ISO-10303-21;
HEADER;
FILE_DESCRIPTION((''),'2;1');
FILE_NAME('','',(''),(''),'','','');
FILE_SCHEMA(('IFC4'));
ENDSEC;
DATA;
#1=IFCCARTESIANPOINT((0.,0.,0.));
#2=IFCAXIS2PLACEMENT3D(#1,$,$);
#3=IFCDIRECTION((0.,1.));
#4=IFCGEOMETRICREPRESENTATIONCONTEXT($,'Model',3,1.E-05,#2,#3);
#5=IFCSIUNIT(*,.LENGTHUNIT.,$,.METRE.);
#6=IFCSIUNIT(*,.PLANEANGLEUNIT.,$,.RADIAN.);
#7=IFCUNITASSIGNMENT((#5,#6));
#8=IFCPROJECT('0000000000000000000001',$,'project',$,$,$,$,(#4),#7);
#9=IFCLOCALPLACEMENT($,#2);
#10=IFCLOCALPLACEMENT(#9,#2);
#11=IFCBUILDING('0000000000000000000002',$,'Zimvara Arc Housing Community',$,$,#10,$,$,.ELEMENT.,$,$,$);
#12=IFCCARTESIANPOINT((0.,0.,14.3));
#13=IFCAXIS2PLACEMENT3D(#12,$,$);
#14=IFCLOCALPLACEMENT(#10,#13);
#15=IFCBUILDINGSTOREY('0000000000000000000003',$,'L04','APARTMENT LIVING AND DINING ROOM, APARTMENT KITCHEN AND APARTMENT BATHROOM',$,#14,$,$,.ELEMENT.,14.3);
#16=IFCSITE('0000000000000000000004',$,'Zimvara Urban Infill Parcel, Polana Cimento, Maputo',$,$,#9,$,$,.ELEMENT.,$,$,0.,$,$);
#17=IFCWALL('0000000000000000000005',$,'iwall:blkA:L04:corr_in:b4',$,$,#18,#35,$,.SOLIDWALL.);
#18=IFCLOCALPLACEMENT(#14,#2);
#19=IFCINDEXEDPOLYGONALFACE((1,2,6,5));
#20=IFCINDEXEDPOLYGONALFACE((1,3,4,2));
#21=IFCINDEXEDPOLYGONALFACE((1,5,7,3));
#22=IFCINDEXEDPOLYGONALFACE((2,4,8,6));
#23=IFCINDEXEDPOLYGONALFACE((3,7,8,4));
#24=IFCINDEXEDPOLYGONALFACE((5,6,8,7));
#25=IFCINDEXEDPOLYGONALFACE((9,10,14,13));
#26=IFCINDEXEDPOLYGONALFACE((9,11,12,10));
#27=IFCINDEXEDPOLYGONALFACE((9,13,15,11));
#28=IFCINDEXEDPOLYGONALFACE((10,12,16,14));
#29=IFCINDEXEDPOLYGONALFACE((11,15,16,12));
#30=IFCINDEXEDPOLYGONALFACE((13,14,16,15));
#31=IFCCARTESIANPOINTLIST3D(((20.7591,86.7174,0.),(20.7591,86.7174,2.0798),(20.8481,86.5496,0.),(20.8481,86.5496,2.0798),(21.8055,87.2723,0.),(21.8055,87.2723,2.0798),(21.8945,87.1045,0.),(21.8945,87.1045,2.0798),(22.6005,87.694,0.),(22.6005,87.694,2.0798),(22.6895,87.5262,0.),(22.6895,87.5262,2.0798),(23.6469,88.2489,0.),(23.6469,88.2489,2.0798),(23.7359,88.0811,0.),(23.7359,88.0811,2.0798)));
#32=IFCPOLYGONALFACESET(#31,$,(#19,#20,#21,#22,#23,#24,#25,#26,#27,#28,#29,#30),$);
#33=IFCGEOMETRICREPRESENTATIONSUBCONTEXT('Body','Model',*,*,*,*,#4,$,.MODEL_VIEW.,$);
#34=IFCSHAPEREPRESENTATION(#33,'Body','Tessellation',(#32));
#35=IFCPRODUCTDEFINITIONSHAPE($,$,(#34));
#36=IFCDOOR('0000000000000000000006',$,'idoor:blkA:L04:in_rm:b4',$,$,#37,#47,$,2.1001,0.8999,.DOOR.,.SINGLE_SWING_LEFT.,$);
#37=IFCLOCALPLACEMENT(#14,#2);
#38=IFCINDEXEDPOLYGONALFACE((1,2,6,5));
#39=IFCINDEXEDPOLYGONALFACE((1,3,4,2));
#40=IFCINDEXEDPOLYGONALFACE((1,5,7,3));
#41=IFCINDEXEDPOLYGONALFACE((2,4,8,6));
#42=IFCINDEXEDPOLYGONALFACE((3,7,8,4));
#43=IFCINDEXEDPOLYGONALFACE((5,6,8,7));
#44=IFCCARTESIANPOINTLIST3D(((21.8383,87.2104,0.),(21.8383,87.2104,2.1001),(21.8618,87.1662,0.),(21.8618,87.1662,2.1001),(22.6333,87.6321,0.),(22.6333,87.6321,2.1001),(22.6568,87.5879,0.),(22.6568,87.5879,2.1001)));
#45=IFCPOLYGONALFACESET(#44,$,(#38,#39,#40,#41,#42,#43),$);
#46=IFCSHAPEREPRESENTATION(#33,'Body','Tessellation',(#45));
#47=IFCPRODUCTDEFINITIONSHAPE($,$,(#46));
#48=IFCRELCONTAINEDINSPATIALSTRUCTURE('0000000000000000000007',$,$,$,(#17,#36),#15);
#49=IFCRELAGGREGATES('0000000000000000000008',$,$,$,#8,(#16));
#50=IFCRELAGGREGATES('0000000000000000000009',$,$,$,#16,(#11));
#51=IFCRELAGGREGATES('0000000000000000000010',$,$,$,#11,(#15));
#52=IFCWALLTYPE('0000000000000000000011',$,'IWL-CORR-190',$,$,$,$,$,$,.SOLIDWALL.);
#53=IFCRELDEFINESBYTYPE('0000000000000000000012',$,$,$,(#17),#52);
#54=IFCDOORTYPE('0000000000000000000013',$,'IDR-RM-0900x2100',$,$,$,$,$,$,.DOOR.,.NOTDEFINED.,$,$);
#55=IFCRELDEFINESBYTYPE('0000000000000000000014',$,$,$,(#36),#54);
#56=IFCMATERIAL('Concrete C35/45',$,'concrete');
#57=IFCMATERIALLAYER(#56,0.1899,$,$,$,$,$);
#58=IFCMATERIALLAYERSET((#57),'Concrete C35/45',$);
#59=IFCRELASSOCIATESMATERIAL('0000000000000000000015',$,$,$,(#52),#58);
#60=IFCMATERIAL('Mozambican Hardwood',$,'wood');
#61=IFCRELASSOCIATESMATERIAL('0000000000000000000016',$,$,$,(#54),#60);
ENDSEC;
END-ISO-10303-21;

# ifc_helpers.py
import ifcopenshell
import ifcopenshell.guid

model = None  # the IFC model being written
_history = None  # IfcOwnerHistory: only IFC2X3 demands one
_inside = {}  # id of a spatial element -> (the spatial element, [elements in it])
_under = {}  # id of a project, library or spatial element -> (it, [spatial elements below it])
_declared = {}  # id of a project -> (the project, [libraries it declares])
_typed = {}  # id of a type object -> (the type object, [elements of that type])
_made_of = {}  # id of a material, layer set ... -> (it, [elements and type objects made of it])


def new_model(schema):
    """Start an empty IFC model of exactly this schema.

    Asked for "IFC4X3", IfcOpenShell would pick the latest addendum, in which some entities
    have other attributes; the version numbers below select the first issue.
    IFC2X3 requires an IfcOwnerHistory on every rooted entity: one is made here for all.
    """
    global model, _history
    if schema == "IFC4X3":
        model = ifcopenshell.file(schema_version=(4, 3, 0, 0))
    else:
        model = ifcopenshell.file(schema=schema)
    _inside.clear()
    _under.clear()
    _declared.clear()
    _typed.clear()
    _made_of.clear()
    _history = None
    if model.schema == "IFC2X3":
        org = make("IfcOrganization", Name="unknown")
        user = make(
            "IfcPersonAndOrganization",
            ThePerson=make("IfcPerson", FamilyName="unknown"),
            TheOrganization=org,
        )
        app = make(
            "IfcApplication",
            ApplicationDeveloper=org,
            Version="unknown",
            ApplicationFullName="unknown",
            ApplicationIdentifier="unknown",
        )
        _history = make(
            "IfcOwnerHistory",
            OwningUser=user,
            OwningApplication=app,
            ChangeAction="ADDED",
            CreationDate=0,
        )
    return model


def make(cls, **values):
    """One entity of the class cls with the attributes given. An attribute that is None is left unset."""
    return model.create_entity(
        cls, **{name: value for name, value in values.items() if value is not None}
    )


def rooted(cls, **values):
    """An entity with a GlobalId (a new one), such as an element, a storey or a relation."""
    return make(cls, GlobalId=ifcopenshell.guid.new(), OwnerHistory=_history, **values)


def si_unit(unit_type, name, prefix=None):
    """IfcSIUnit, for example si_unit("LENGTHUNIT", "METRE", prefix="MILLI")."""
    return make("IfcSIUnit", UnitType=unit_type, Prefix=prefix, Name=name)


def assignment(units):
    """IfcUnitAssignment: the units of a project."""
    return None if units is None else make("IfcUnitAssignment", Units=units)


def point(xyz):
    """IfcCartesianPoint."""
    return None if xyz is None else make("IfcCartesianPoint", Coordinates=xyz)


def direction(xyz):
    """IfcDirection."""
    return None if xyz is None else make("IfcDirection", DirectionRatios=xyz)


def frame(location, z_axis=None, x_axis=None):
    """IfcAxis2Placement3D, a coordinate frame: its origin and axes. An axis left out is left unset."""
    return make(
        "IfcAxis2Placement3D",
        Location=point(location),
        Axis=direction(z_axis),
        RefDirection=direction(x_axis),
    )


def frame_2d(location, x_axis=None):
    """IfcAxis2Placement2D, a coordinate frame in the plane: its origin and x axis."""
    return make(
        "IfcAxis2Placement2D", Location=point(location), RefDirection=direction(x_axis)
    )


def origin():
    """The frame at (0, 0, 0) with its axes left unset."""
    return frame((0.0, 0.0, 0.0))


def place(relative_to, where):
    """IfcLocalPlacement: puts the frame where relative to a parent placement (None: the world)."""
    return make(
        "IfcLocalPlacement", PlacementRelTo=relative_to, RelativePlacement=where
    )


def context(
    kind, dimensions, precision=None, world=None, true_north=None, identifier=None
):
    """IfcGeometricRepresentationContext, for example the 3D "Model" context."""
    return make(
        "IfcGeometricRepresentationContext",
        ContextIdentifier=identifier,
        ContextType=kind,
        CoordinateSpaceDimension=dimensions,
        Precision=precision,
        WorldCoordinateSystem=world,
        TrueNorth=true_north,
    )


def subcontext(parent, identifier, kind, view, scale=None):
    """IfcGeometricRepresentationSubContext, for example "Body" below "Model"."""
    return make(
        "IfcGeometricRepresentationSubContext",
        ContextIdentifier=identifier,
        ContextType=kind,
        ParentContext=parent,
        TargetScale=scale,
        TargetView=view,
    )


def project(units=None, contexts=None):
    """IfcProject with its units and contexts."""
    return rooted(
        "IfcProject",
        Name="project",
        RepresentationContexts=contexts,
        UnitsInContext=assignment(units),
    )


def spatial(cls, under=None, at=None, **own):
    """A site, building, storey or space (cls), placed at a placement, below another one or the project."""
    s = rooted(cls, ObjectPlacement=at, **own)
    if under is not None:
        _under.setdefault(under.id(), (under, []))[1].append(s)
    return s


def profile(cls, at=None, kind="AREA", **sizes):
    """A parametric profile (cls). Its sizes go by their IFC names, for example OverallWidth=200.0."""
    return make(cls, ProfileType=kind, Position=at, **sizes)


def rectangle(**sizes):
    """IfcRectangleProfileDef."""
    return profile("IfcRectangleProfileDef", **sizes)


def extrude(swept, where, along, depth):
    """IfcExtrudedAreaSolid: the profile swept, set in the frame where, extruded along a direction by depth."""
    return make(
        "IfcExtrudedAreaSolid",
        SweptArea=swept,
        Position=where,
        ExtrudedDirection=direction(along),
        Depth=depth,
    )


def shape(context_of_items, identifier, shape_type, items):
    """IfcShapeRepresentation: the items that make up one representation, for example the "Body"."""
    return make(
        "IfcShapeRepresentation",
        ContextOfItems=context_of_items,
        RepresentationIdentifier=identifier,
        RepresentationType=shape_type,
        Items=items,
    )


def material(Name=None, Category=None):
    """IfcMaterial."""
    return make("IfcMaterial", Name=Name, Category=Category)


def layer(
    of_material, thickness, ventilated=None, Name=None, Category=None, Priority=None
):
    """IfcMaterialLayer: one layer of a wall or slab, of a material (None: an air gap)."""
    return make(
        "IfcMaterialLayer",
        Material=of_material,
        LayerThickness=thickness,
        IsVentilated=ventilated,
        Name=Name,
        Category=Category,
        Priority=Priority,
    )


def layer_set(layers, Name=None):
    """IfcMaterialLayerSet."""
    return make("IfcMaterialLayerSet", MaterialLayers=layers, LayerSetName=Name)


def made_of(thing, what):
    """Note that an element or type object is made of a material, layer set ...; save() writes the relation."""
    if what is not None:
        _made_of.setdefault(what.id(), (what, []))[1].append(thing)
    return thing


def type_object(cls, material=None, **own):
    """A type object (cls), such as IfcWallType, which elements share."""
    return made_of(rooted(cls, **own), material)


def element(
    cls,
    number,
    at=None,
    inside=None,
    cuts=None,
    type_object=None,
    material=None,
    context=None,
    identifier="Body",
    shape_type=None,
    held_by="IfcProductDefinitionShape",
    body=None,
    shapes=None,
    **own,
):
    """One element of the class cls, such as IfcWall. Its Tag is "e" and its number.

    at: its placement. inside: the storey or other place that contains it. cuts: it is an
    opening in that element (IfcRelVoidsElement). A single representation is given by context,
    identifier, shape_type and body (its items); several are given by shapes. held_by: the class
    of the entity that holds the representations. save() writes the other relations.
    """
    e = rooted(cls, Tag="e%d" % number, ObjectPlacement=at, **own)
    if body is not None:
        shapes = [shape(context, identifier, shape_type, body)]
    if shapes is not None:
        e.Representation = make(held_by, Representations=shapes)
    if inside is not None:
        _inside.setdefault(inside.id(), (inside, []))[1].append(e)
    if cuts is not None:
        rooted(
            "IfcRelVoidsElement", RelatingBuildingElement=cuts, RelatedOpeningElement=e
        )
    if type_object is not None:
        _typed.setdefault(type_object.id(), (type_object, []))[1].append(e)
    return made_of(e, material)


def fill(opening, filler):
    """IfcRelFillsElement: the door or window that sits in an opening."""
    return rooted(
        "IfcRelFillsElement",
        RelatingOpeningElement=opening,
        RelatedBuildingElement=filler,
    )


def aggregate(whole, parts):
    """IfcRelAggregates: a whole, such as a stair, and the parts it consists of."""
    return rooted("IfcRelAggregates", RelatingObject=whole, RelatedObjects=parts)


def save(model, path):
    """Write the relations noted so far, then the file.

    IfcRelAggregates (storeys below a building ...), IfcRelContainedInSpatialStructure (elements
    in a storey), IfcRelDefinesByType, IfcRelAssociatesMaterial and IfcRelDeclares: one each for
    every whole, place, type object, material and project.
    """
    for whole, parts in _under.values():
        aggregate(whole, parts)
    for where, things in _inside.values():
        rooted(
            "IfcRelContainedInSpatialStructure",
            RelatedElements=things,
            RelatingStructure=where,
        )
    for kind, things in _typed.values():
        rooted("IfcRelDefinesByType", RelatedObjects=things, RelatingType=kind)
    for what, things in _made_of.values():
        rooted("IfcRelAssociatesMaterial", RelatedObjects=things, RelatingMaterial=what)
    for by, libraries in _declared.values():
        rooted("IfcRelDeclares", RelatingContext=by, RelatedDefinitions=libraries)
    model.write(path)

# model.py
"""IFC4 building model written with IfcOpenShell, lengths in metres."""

from ifc_helpers import new_model, si_unit, direction, frame, frame_2d, origin, place, context, subcontext, project, spatial, rectangle, extrude, material, layer, layer_set, type_object, element, fill, save


model = new_model("IFC4")

# Units and contexts
model_context = context("Model", 3, precision=1e-05, world=origin(), true_north=direction((0.0, 1.0)))
body_context = subcontext(model_context, "Body", "Model", "MODEL_VIEW")
ifc_project = project(units=[si_unit("LENGTHUNIT", "METRE"), si_unit("PLANEANGLEUNIT", "RADIAN")], contexts=[model_context])

# Site, building, storey
site_placement = place(None, origin())
site = spatial("IfcSite", under=ifc_project, at=site_placement, Name="Zimvara Urban Infill Parcel, Polana Cimento, Maputo", CompositionType="ELEMENT", RefElevation=0.0)
building_placement = place(site_placement, origin())
building = spatial("IfcBuilding", under=site, at=building_placement, Name="Zimvara Arc Housing Community", CompositionType="ELEMENT")
storey_placement = place(building_placement, frame((0.0, 0.0, 14.3)))
storey = spatial("IfcBuildingStorey", under=building, at=storey_placement, Name="L04", Description="APARTMENT LIVING AND DINING ROOM, APARTMENT KITCHEN AND APARTMENT BATHROOM", CompositionType="ELEMENT", Elevation=14.3)

# Wall, opening, door
ifc_material_1 = material(Name="Concrete C35/45", Category="concrete")
ifc_layer_1 = layer(ifc_material_1, 0.1899)
ifc_layer_set_1 = layer_set([ifc_layer_1], Name="Concrete C35/45")
wall_type_1 = type_object("IfcWallType", Name="IWL-CORR-190", PredefinedType="SOLIDWALL", material=ifc_layer_set_1)
wall_1_placement = place(storey_placement, frame((20.8037, 86.6335, 0.0), z_axis=(0.0, 0.0, 1.0), x_axis=(0.883444, 0.468536, 0.0)))
wall_1 = element("IfcWall", 1, at=wall_1_placement, inside=storey, type_object=wall_type_1, Name="iwall:blkA:L04:corr_in:b4", PredefinedType="SOLIDWALL", context=body_context, shape_type="SweptSolid", body=[
    extrude(rectangle(XDim=3.2688, YDim=0.1899, at=frame_2d((1.6343, 0.0))), origin(), (0.0, 0.0, 1.0), 2.0798),
])
opening_1_placement = place(wall_1_placement, frame((1.1843, 0.0, 0.0)))
opening_1 = element("IfcOpeningElement", 2, at=opening_1_placement, cuts=wall_1, PredefinedType="OPENING", context=body_context, shape_type="SweptSolid", body=[
    extrude(rectangle(XDim=0.8999, YDim=2.1001, at=frame_2d((0.45, 1.05))), frame((0.0, 0.105, 0.0), z_axis=(0.0, -1.0, 0.0), x_axis=(1.0, 0.0, 0.0)), (0.0, 0.0, 1.0), 0.21),
])
ifc_material_2 = material(Name="Mozambican Hardwood", Category="wood")
door_type_1 = type_object("IfcDoorType", Name="IDR-RM-0900x2100", OperationType="NOTDEFINED", PredefinedType="DOOR", material=ifc_material_2)
door_1_placement = place(opening_1_placement, origin())
door_1 = element("IfcDoor", 3, at=door_1_placement, inside=storey, type_object=door_type_1, Name="idoor:blkA:L04:in_rm:b4", OperationType="SINGLE_SWING_LEFT", OverallHeight=2.1001, OverallWidth=0.8999, PredefinedType="DOOR", context=body_context, shape_type="SweptSolid", body=[
    extrude(rectangle(XDim=0.8999, YDim=2.1001, at=frame_2d((0.45, 1.05))), frame((0.0, 0.0249, 0.0), z_axis=(0.0, -1.0, 0.0), x_axis=(1.0, 0.0, 0.0)), (0.0, 0.0, 1.0), 0.05),
])
fill(opening_1, door_1)

save(model, "model.ifc")
